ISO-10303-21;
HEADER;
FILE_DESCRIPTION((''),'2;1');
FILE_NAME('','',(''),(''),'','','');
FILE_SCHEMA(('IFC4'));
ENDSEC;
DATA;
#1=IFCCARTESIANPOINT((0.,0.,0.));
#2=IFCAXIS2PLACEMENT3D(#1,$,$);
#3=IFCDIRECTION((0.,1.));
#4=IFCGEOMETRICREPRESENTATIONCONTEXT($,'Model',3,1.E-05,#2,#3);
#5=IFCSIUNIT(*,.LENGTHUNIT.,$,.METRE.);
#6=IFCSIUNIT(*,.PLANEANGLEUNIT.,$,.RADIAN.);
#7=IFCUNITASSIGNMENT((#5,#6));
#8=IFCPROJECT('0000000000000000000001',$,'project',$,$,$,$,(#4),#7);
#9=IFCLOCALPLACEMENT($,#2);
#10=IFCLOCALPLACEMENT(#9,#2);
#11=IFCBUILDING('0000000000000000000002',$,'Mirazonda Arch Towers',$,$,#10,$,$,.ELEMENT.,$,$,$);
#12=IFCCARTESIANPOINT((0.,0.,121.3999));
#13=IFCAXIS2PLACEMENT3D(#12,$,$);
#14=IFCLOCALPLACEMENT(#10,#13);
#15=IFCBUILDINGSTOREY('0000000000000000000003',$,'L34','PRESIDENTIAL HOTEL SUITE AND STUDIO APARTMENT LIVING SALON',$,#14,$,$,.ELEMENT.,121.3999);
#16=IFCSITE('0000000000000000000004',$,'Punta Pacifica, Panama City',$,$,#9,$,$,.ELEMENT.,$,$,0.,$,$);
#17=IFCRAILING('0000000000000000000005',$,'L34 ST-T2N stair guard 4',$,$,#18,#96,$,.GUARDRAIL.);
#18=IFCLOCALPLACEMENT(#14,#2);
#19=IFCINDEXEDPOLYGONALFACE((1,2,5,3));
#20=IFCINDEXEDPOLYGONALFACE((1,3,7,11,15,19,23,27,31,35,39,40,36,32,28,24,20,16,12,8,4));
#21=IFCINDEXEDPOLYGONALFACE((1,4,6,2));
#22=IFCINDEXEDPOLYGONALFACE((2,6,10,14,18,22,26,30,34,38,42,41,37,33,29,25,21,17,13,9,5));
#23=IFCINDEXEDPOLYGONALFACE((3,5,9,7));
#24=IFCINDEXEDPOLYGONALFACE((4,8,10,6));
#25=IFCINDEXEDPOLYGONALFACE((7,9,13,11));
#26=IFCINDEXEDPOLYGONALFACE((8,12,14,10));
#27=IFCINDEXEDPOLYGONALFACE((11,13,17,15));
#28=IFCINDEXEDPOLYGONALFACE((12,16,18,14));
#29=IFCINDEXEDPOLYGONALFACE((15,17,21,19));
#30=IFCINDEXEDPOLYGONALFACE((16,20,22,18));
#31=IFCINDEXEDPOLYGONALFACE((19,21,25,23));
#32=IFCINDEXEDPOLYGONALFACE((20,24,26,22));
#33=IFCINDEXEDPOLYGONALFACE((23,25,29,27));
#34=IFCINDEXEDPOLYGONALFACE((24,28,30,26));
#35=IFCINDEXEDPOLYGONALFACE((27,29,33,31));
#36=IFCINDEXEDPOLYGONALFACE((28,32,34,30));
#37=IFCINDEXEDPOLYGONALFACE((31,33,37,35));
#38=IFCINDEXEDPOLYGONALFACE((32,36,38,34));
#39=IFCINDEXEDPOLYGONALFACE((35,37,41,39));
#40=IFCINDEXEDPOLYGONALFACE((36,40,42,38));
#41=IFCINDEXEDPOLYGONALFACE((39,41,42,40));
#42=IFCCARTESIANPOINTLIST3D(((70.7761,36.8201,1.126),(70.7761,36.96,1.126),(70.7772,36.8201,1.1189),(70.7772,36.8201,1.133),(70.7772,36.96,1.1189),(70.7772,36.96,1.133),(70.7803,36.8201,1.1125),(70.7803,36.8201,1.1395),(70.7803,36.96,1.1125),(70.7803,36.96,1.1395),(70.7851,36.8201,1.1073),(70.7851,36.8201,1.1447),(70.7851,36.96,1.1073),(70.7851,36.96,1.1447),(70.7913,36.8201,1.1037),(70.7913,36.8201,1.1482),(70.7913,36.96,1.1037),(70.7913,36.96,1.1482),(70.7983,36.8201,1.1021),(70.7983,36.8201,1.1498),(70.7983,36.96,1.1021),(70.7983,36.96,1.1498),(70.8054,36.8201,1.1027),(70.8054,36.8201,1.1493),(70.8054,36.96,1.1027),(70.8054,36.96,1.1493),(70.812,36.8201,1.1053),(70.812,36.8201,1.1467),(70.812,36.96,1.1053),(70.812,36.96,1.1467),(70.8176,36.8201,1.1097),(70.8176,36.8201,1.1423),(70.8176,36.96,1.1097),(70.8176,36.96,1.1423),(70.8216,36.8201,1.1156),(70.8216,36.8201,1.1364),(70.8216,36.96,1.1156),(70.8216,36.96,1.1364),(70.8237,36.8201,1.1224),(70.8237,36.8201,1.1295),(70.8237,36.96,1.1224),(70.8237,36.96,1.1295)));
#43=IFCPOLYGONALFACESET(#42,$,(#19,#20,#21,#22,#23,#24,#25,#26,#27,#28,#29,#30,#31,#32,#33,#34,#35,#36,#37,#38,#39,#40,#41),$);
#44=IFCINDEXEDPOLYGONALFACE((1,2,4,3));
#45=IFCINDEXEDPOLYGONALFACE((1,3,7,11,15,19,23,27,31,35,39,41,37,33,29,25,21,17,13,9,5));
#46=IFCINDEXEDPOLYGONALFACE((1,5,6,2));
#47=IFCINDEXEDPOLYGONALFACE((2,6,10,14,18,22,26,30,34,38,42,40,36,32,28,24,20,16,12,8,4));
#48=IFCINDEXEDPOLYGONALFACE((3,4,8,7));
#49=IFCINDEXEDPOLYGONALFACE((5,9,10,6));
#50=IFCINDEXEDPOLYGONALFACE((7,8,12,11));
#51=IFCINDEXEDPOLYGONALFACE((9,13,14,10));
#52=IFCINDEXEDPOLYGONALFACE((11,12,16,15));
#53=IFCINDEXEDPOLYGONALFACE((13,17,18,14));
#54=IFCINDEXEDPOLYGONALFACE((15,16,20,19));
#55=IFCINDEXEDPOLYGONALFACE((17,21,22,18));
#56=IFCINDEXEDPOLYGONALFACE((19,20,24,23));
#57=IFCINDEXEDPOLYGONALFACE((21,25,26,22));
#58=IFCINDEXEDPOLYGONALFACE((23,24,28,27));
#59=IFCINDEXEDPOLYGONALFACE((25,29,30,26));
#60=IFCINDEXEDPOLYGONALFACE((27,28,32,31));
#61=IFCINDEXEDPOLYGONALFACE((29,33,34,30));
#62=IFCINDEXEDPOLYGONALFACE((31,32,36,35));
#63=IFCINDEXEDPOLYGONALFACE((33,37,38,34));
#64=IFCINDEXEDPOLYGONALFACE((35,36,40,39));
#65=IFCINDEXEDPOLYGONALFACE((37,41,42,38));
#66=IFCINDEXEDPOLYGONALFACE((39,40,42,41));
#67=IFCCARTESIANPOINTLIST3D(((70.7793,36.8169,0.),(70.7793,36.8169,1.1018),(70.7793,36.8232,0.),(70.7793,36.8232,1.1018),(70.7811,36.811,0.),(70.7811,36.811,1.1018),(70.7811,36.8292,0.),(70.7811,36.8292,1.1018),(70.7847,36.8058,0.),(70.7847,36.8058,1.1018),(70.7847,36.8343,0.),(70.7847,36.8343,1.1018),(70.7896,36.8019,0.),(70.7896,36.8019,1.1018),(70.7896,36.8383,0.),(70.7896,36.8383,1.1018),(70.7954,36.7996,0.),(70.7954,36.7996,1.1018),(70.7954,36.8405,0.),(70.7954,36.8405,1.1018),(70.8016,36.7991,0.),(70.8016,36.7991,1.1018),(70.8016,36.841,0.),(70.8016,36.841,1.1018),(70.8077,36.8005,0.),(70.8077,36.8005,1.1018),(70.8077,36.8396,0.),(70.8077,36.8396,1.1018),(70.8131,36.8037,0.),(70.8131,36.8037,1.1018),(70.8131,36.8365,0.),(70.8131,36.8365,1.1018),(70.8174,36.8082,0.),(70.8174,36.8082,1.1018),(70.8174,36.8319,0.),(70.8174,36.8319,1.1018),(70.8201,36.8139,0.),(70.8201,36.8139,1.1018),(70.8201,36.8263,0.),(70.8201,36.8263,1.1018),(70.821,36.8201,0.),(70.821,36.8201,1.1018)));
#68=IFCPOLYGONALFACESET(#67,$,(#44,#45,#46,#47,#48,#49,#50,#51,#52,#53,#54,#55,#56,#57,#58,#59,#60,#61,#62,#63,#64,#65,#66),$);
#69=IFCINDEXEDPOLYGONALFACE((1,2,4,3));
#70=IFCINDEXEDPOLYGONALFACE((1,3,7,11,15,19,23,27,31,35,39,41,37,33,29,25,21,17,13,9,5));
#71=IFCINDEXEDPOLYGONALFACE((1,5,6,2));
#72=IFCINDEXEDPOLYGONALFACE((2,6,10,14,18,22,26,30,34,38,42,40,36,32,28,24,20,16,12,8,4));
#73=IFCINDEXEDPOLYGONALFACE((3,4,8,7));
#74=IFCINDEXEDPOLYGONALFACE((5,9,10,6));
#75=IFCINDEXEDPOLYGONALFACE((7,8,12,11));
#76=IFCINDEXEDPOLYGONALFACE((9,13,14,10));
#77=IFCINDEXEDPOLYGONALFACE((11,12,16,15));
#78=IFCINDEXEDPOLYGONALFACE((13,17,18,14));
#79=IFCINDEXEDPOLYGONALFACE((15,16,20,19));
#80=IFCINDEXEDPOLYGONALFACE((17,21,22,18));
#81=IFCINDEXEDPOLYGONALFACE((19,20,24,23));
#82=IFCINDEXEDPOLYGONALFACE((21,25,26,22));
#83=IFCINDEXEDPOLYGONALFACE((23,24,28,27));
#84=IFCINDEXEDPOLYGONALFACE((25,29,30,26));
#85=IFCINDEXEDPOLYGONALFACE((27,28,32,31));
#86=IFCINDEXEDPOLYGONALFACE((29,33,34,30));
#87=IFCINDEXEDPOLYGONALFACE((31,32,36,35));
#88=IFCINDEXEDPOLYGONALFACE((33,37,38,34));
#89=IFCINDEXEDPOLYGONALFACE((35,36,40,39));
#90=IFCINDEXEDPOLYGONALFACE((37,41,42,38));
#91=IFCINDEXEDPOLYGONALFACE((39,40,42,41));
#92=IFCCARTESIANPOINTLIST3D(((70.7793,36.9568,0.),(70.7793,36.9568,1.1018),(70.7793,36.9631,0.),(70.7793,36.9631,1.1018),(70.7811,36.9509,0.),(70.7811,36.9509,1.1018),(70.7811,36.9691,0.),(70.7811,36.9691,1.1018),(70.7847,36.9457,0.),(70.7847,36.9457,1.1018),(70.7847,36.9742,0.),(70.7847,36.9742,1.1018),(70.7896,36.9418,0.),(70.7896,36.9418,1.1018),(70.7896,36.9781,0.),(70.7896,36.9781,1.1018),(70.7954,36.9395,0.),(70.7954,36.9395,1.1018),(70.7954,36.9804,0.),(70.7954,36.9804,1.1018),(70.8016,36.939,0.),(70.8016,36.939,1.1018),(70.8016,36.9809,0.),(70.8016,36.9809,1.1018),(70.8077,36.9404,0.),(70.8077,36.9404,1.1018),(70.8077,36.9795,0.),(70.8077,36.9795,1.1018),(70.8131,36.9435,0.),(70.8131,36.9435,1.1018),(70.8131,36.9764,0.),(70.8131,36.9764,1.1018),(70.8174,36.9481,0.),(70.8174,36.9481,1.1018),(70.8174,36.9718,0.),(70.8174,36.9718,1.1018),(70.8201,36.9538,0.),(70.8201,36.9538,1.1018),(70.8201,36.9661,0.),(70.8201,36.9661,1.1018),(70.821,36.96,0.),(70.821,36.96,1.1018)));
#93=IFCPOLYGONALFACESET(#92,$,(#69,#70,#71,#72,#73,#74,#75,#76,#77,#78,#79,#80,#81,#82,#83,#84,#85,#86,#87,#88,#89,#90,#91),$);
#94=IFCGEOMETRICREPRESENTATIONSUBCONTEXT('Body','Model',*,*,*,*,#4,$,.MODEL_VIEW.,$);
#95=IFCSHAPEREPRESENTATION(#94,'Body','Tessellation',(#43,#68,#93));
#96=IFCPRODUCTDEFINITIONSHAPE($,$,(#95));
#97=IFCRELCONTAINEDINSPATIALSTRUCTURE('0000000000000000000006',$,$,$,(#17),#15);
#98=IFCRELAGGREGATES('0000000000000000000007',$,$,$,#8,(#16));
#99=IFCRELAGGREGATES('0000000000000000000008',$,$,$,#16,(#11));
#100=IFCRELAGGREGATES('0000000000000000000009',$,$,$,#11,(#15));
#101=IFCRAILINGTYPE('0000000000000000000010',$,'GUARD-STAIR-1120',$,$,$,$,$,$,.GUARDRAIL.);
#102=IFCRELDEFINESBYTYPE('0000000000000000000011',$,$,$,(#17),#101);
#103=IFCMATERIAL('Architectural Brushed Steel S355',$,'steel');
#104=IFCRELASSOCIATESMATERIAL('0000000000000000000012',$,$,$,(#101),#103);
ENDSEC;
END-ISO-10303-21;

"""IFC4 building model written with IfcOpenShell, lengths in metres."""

from ifc_helpers import new_model, si_unit, direction, frame, origin, origin_2d, place, context, subcontext, project, spatial, circle, extrude, material, type_object, element, save


model = new_model("IFC4")

# Units and contexts
model_context = context("Model", 3, precision=1e-05, world=origin(), true_north=direction((0.0, 1.0)))
body_context = subcontext(model_context, "Body", "Model", "MODEL_VIEW")
ifc_project = project(units=[si_unit("LENGTHUNIT", "METRE"), si_unit("PLANEANGLEUNIT", "RADIAN")], contexts=[model_context])

# Site, building, storey
site_placement = place(None, origin())
site = spatial("IfcSite", under=ifc_project, at=site_placement, Name="Punta Pacifica, Panama City", CompositionType="ELEMENT", RefElevation=0.0)
building_placement = place(site_placement, origin())
building = spatial("IfcBuilding", under=site, at=building_placement, Name="Mirazonda Arch Towers", CompositionType="ELEMENT")
storey_placement = place(building_placement, frame((0.0, 0.0, 121.3999)))
storey = spatial("IfcBuildingStorey", under=building, at=storey_placement, Name="L34", Description="PRESIDENTIAL HOTEL SUITE AND STUDIO APARTMENT LIVING SALON", CompositionType="ELEMENT", Elevation=121.3999)

# Railing
ifc_material_1 = material(Name="Architectural Brushed Steel S355", Category="steel")
railing_type = type_object("IfcRailingType", Name="GUARD-STAIR-1120", PredefinedType="GUARDRAIL", material=ifc_material_1)
railing_1_placement = place(storey_placement, frame((70.8, 36.8201, 0.0)))
element("IfcRailing", 1, at=railing_1_placement, inside=storey, type_object=railing_type, Name="L34 ST-T2N stair guard 4", PredefinedType="GUARDRAIL", context=body_context, shape_type="SweptSolid", body=[
    extrude(circle(Radius=0.0239, at=origin_2d()), frame((0.0, 0.0, 1.126), z_axis=(0.0, 1.0, 0.0), x_axis=(-1.0, 0.0, 0.0)), (0.0, 0.0, 1.0), 0.1399),
    extrude(circle(Radius=0.021, at=origin_2d()), origin(), (0.0, 0.0, 1.0), 1.1018),
    extrude(circle(Radius=0.021, at=origin_2d()), frame((0.0, 0.1399, 0.0)), (0.0, 0.0, 1.0), 1.1018),
])

save(model, "model.ifc")
